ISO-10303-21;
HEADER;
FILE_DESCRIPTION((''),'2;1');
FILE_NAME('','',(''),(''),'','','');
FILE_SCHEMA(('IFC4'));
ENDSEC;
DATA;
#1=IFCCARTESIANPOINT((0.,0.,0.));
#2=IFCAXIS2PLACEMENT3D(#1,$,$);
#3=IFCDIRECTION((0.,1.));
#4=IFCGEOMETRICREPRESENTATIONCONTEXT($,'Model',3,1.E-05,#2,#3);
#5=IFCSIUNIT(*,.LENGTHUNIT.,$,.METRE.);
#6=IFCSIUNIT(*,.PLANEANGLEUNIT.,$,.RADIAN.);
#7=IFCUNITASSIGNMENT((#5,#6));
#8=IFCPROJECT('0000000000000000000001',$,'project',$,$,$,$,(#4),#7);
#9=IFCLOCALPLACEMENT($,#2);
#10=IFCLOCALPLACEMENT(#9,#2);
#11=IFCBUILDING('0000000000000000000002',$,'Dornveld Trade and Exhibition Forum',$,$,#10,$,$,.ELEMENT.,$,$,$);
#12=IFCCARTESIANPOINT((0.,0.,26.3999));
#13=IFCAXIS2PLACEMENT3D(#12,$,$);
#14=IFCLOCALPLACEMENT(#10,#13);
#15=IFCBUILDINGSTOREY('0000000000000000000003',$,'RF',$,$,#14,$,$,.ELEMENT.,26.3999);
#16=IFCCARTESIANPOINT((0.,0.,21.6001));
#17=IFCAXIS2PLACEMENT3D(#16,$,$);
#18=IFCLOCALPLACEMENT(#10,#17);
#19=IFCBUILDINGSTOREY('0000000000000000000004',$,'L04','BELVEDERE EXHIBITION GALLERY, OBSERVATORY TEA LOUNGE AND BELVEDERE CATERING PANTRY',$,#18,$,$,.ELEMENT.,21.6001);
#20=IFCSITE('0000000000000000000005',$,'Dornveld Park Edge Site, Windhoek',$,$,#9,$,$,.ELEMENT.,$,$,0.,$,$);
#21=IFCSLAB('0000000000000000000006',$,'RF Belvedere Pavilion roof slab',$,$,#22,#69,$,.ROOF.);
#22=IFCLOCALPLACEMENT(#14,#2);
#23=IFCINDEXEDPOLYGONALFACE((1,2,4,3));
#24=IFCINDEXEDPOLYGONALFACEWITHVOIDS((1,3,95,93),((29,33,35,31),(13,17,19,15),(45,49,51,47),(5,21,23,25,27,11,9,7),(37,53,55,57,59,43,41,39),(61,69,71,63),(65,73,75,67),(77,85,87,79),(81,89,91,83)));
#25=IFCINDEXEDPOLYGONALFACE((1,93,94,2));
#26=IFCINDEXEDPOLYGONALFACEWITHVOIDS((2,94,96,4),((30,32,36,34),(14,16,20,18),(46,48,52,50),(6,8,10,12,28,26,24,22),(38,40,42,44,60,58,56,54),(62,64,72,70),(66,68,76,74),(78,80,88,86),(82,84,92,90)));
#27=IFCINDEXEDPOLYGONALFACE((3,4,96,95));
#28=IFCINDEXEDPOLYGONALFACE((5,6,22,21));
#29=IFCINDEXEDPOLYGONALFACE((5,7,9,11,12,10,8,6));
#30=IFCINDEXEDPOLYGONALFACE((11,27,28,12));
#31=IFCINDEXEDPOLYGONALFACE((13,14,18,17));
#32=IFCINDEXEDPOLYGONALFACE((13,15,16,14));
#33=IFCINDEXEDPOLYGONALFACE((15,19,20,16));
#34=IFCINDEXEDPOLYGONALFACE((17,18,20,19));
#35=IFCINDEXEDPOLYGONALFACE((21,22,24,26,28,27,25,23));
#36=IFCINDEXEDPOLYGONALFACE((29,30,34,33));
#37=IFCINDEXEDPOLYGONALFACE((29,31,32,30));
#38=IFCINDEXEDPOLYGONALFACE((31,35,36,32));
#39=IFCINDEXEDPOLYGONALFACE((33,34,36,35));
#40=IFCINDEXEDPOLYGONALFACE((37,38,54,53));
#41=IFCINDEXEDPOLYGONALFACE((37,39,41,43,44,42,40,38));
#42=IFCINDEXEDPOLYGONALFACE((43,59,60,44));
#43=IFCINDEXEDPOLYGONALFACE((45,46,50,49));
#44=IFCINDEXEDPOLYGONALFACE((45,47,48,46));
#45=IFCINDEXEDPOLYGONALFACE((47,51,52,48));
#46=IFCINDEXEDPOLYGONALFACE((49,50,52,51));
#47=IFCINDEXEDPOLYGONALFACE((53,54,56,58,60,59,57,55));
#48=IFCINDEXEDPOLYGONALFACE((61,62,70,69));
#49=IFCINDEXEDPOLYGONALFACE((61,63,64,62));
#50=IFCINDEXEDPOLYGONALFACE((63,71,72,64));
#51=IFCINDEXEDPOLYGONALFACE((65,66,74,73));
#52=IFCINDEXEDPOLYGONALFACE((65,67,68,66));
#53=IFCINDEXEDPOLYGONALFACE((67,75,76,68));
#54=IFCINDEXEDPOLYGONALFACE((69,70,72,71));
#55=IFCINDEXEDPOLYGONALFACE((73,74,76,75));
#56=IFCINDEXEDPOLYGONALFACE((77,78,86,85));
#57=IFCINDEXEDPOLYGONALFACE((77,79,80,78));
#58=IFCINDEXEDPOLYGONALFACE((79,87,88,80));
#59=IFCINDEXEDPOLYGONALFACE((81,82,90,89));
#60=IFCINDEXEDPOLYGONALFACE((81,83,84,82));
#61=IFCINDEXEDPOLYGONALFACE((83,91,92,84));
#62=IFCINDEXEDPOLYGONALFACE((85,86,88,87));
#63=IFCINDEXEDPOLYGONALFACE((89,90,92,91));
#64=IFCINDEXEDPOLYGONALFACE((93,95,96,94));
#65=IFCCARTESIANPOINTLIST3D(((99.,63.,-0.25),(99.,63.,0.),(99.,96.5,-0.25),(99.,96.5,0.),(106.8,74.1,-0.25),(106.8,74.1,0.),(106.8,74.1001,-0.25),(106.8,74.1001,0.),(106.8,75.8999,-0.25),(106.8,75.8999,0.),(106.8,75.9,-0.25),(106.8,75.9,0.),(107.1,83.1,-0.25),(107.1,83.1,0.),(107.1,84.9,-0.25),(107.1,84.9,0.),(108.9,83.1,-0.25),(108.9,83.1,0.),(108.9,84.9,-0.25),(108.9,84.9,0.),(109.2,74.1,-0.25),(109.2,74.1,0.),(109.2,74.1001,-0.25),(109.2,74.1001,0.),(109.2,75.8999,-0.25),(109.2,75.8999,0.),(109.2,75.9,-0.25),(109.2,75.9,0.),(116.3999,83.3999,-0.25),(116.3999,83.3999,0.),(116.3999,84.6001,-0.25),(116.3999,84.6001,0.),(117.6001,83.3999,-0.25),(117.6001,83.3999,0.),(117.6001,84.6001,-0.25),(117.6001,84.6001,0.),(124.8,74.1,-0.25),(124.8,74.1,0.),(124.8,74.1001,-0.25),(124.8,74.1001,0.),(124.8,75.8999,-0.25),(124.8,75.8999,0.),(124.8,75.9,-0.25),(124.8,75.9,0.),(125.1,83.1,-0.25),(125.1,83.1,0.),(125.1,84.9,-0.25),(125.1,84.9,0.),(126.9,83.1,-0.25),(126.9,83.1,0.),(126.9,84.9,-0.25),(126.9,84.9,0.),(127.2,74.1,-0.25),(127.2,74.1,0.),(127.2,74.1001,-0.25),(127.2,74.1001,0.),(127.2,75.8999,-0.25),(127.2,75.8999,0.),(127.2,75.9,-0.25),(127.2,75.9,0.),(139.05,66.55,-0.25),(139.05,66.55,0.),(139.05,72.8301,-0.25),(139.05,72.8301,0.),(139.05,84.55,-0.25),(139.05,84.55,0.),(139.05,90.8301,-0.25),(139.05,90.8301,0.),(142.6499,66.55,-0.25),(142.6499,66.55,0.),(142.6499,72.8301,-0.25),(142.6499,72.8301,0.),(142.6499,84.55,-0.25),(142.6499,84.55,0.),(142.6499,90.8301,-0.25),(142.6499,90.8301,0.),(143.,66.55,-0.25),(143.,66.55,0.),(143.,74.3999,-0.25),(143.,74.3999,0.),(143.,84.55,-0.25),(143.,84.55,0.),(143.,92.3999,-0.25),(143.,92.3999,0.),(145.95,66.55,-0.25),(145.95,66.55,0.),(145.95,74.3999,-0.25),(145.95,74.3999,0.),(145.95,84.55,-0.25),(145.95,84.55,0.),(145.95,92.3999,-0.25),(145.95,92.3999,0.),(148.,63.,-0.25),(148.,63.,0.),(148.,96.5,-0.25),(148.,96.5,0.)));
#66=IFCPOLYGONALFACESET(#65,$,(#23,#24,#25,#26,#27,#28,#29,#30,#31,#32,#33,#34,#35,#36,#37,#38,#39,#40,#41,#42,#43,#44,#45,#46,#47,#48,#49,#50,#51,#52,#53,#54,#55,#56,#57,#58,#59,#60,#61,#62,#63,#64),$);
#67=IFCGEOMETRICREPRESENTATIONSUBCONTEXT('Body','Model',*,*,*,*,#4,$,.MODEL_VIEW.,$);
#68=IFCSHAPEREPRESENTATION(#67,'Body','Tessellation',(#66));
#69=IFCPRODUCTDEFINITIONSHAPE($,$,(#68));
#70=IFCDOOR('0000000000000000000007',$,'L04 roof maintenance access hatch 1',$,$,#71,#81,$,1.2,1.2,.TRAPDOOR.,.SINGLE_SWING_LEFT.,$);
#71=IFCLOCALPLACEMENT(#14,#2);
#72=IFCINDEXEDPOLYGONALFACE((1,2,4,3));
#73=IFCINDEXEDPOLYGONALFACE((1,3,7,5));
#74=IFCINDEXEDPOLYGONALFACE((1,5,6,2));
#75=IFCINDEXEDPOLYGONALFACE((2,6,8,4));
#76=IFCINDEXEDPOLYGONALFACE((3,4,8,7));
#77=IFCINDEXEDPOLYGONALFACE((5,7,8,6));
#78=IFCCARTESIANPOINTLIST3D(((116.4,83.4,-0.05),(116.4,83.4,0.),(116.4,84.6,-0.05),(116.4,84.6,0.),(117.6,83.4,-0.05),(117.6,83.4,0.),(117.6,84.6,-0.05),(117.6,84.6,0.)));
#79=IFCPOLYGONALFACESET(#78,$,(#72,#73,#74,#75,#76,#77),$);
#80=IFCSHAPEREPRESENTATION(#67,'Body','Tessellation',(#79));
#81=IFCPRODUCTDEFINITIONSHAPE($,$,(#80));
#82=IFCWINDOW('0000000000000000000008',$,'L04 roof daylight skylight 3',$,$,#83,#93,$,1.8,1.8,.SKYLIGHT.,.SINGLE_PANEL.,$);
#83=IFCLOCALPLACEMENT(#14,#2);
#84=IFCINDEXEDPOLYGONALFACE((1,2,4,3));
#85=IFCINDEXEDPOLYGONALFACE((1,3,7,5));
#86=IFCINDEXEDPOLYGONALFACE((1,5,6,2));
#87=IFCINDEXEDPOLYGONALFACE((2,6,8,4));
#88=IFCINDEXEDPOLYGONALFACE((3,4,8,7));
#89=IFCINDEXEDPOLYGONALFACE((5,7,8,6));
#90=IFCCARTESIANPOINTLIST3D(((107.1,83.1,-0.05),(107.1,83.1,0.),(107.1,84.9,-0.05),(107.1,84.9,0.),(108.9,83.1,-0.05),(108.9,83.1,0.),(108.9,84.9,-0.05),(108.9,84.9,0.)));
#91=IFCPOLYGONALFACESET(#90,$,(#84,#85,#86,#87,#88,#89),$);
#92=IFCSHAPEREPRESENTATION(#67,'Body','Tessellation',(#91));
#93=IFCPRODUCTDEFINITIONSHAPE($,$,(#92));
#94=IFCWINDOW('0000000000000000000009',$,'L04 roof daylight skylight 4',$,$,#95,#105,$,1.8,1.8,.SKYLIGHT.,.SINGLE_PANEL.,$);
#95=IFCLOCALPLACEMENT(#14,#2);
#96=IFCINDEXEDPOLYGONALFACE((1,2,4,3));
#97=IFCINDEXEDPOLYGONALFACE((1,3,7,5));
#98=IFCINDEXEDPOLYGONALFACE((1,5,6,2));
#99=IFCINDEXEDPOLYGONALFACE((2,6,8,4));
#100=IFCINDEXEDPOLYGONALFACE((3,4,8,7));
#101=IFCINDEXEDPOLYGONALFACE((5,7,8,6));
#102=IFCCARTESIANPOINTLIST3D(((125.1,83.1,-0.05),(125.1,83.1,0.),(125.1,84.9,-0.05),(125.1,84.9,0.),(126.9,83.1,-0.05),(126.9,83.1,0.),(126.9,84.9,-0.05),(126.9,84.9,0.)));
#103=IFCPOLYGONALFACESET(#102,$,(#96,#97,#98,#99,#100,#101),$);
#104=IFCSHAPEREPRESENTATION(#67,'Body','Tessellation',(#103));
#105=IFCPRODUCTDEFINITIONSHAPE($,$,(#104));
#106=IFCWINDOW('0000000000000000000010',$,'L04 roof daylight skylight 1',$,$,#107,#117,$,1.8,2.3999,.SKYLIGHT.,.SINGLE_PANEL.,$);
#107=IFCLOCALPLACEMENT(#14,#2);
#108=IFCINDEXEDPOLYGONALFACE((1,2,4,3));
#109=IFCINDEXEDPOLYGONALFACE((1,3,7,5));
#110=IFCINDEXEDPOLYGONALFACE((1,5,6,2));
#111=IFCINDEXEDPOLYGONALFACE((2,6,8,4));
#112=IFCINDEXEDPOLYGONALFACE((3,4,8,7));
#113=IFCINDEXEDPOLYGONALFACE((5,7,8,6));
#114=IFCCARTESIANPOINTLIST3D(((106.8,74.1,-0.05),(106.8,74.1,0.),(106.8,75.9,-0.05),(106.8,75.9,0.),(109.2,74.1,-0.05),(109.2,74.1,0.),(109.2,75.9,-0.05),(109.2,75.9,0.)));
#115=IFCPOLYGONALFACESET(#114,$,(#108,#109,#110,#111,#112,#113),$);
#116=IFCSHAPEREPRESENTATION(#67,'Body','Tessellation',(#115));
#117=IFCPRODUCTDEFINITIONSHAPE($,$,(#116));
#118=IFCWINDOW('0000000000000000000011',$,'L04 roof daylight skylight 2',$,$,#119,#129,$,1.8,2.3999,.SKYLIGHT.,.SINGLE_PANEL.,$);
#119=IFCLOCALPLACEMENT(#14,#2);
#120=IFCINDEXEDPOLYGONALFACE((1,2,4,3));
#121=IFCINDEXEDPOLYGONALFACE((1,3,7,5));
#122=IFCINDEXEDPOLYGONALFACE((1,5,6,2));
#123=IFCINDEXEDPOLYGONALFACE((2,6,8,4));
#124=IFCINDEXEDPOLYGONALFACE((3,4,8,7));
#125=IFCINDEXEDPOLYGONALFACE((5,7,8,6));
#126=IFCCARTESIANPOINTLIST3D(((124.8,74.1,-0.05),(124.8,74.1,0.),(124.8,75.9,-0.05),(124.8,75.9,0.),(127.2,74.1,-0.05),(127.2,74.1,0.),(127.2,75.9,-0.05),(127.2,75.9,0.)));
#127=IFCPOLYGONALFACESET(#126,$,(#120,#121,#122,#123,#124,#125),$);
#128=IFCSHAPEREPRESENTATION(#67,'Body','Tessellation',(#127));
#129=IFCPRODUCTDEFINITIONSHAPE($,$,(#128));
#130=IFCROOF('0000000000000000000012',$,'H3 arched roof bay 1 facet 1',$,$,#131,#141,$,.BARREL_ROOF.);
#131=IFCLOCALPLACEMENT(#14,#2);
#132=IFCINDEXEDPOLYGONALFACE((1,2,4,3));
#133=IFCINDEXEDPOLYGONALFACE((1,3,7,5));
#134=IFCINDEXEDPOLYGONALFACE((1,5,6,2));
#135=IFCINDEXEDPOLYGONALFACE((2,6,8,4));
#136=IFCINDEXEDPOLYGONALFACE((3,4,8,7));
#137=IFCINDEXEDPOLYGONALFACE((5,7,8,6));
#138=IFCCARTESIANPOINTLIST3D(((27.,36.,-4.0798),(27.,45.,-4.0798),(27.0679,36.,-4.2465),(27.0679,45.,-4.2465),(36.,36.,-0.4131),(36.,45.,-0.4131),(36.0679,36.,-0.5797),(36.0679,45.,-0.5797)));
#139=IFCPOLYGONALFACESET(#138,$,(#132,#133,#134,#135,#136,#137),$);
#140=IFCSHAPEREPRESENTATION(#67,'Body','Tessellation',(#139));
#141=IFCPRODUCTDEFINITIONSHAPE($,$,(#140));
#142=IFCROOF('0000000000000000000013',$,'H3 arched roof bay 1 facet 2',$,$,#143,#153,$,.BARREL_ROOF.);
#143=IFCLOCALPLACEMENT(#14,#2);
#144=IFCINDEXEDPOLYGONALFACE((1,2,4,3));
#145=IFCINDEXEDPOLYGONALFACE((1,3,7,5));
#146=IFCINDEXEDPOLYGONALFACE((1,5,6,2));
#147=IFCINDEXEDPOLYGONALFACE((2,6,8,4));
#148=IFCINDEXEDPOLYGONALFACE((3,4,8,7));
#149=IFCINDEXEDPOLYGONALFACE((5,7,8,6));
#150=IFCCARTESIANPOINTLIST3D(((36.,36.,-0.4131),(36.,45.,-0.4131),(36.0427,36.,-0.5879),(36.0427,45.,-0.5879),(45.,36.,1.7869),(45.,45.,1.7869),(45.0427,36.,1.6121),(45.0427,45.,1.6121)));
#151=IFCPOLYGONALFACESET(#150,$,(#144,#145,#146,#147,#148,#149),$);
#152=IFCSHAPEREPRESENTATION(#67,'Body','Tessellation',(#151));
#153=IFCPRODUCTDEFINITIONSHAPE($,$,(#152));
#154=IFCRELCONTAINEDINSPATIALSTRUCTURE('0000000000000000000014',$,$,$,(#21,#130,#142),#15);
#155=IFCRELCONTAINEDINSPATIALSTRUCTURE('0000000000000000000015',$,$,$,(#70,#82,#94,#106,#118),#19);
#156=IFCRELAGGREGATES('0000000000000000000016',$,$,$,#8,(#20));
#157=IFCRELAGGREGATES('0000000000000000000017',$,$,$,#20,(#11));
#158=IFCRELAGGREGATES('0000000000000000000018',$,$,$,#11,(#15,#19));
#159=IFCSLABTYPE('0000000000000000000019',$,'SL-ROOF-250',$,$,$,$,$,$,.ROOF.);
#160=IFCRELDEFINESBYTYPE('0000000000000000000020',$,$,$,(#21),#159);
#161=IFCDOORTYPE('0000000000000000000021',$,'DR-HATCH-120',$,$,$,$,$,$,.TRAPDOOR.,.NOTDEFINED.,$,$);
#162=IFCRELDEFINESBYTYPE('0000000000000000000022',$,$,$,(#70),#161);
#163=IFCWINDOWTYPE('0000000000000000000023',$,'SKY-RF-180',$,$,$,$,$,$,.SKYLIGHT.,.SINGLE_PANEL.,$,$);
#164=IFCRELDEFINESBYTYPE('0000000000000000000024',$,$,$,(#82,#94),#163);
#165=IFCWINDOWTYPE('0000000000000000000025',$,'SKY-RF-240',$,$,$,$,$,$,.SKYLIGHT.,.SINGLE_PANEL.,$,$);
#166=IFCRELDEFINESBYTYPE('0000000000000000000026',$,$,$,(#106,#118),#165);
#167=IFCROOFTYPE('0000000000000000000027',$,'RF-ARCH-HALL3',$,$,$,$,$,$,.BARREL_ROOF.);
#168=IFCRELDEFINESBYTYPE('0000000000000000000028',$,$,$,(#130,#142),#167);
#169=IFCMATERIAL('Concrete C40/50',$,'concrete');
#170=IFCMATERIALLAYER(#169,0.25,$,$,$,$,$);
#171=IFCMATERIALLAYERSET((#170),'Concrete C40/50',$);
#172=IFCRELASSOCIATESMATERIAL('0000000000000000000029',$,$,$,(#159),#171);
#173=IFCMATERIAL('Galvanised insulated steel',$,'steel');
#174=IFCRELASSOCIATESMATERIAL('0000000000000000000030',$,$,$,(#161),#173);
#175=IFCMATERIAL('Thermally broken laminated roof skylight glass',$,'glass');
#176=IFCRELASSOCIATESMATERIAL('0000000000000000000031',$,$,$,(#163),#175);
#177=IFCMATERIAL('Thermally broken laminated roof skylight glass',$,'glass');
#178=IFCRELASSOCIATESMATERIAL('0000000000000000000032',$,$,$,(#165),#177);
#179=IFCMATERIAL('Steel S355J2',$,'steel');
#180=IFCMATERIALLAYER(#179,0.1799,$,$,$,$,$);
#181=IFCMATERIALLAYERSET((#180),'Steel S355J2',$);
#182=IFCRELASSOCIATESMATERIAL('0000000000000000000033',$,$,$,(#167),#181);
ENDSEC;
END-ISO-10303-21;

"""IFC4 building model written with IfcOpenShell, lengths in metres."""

from ifc_helpers import new_model, si_unit, direction, frame, origin, origin_2d, place, context, subcontext, project, spatial, polyline, rectangle, outline, extrude, material, layer, layer_set, type_object, element, fill, save


model = new_model("IFC4")

# Units and contexts
model_context = context("Model", 3, precision=1e-05, world=origin(), true_north=direction((0.0, 1.0)))
body_context = subcontext(model_context, "Body", "Model", "MODEL_VIEW")
ifc_project = project(units=[si_unit("LENGTHUNIT", "METRE"), si_unit("PLANEANGLEUNIT", "RADIAN")], contexts=[model_context])

# Site, building, storey
site_placement = place(None, origin())
site = spatial("IfcSite", under=ifc_project, at=site_placement, Name="Dornveld Park Edge Site, Windhoek", CompositionType="ELEMENT", RefElevation=0.0)
building_placement = place(site_placement, origin())
building = spatial("IfcBuilding", under=site, at=building_placement, Name="Dornveld Trade and Exhibition Forum", CompositionType="ELEMENT")
storey_1_placement = place(building_placement, frame((0.0, 0.0, 26.3999)))
storey_1 = spatial("IfcBuildingStorey", under=building, at=storey_1_placement, Name="RF", CompositionType="ELEMENT", Elevation=26.3999)

# Slab, openings
ifc_material_1 = material(Name="Concrete C40/50", Category="concrete")
ifc_layer_1 = layer(ifc_material_1, 0.25)
ifc_layer_set_1 = layer_set([ifc_layer_1], Name="Concrete C40/50")
slab_type = type_object("IfcSlabType", Name="SL-ROOF-250", PredefinedType="ROOF", material=ifc_layer_set_1)
slab_placement = place(storey_1_placement, frame((0.0, 0.0, -0.25)))
slab = element("IfcSlab", 1, at=slab_placement, inside=storey_1, type_object=slab_type, Name="RF Belvedere Pavilion roof slab", PredefinedType="ROOF", context=body_context, shape_type="SweptSolid", body=[
    extrude(outline(polyline([(99.0, 63.0), (148.0, 63.0), (148.0, 96.5), (99.0, 96.5), (99.0, 63.0)]), holes=[polyline([(139.05, 84.55), (142.6499, 84.55), (142.6499, 90.8301), (139.05, 90.8301), (139.05, 84.55)]), polyline([(143.0, 84.55), (145.95, 84.55), (145.95, 92.3999), (143.0, 92.3999), (143.0, 84.55)]), polyline([(139.05, 66.55), (142.6499, 66.55), (142.6499, 72.8301), (139.05, 72.8301), (139.05, 66.55)]), polyline([(143.0, 66.55), (145.95, 66.55), (145.95, 74.3999), (143.0, 74.3999), (143.0, 66.55)]), polyline([(106.8, 74.1001), (109.2, 74.1001), (109.2, 75.8999), (106.8, 75.8999), (106.8, 74.1001)]), polyline([(124.8, 74.1001), (127.2, 74.1001), (127.2, 75.8999), (124.8, 75.8999), (124.8, 74.1001)]), polyline([(107.1001, 83.1001), (108.8999, 83.1001), (108.8999, 84.8999), (107.1001, 84.8999), (107.1001, 83.1001)]), polyline([(125.1001, 83.1001), (126.8999, 83.1001), (126.8999, 84.8999), (125.1001, 84.8999), (125.1001, 83.1001)]), polyline([(116.3999, 83.3999), (117.6001, 83.3999), (117.6001, 84.6001), (116.3999, 84.6001), (116.3999, 83.3999)])]), origin(), (0.0, 0.0, 1.0), 0.25),
])
opening_1_placement = place(slab_placement, frame((108.0, 75.0, 0.0)))
opening_1 = element("IfcOpeningElement", 2, at=opening_1_placement, cuts=slab, PredefinedType="OPENING", context=body_context, shape_type="SweptSolid", body=[
    extrude(rectangle(XDim=2.3999, YDim=1.8, at=origin_2d()), origin(), (0.0, 0.0, 1.0), 0.25),
])
opening_2_placement = place(slab_placement, frame((126.0, 75.0, 0.0)))
opening_2 = element("IfcOpeningElement", 3, at=opening_2_placement, cuts=slab, PredefinedType="OPENING", context=body_context, shape_type="SweptSolid", body=[
    extrude(rectangle(XDim=2.3999, YDim=1.8, at=origin_2d()), origin(), (0.0, 0.0, 1.0), 0.25),
])
opening_3_placement = place(slab_placement, frame((108.0, 84.0, 0.0)))
opening_3 = element("IfcOpeningElement", 4, at=opening_3_placement, cuts=slab, PredefinedType="OPENING", context=body_context, shape_type="SweptSolid", body=[
    extrude(rectangle(XDim=1.8, YDim=1.8, at=origin_2d()), origin(), (0.0, 0.0, 1.0), 0.25),
])
opening_4_placement = place(slab_placement, frame((126.0, 84.0, 0.0)))
opening_4 = element("IfcOpeningElement", 5, at=opening_4_placement, cuts=slab, PredefinedType="OPENING", context=body_context, shape_type="SweptSolid", body=[
    extrude(rectangle(XDim=1.8, YDim=1.8, at=origin_2d()), origin(), (0.0, 0.0, 1.0), 0.25),
])
opening_5_placement = place(slab_placement, frame((117.0, 84.0, 0.0)))
opening_5 = element("IfcOpeningElement", 6, at=opening_5_placement, cuts=slab, PredefinedType="OPENING", context=body_context, shape_type="SweptSolid", body=[
    extrude(rectangle(XDim=1.2, YDim=1.2, at=origin_2d()), origin(), (0.0, 0.0, 1.0), 0.25),
])

# Shared definitions
storey_2_placement = place(building_placement, frame((0.0, 0.0, 21.6001)))
storey_2 = spatial("IfcBuildingStorey", under=building, at=storey_2_placement, Name="L04", Description="BELVEDERE EXHIBITION GALLERY, OBSERVATORY TEA LOUNGE AND BELVEDERE CATERING PANTRY", CompositionType="ELEMENT", Elevation=21.6001)

# Door
ifc_material_2 = material(Name="Galvanised insulated steel", Category="steel")
door_type = type_object("IfcDoorType", Name="DR-HATCH-120", OperationType="NOTDEFINED", PredefinedType="TRAPDOOR", material=ifc_material_2)
door_placement = place(opening_5_placement, frame((0.0, 0.0, 0.2)))
door = element("IfcDoor", 7, at=door_placement, inside=storey_2, type_object=door_type, Name="L04 roof maintenance access hatch 1", OperationType="SINGLE_SWING_LEFT", OverallHeight=1.2, OverallWidth=1.2, PredefinedType="TRAPDOOR", context=body_context, shape_type="SweptSolid", body=[
    extrude(rectangle(XDim=1.2, YDim=1.2, at=origin_2d()), origin(), (0.0, 0.0, 1.0), 0.05),
])
fill(opening_5, door)

# Windows
ifc_material_3 = material(Name="Thermally broken laminated roof skylight glass", Category="glass")
window_type_1 = type_object("IfcWindowType", Name="SKY-RF-180", PartitioningType="SINGLE_PANEL", PredefinedType="SKYLIGHT", material=ifc_material_3)
window_1_placement = place(opening_3_placement, frame((0.0, 0.0, 0.2)))
window_1 = element("IfcWindow", 8, at=window_1_placement, inside=storey_2, type_object=window_type_1, Name="L04 roof daylight skylight 3", OverallHeight=1.8, OverallWidth=1.8, PartitioningType="SINGLE_PANEL", PredefinedType="SKYLIGHT", context=body_context, shape_type="SweptSolid", body=[
    extrude(rectangle(XDim=1.8, YDim=1.8, at=origin_2d()), origin(), (0.0, 0.0, 1.0), 0.05),
])
fill(opening_3, window_1)
window_2_placement = place(opening_4_placement, frame((0.0, 0.0, 0.2)))
window_2 = element("IfcWindow", 9, at=window_2_placement, inside=storey_2, type_object=window_type_1, Name="L04 roof daylight skylight 4", OverallHeight=1.8, OverallWidth=1.8, PartitioningType="SINGLE_PANEL", PredefinedType="SKYLIGHT", context=body_context, shape_type="SweptSolid", body=[
    extrude(rectangle(XDim=1.8, YDim=1.8, at=origin_2d()), origin(), (0.0, 0.0, 1.0), 0.05),
])
fill(opening_4, window_2)
ifc_material_4 = material(Name="Thermally broken laminated roof skylight glass", Category="glass")
window_type_2 = type_object("IfcWindowType", Name="SKY-RF-240", PartitioningType="SINGLE_PANEL", PredefinedType="SKYLIGHT", material=ifc_material_4)
window_3_placement = place(opening_1_placement, frame((0.0, 0.0, 0.2)))
window_3 = element("IfcWindow", 10, at=window_3_placement, inside=storey_2, type_object=window_type_2, Name="L04 roof daylight skylight 1", OverallHeight=1.8, OverallWidth=2.3999, PartitioningType="SINGLE_PANEL", PredefinedType="SKYLIGHT", context=body_context, shape_type="SweptSolid", body=[
    extrude(rectangle(XDim=2.3999, YDim=1.8, at=origin_2d()), origin(), (0.0, 0.0, 1.0), 0.05),
])
fill(opening_1, window_3)
window_4_placement = place(opening_2_placement, frame((0.0, 0.0, 0.2)))
window_4 = element("IfcWindow", 11, at=window_4_placement, inside=storey_2, type_object=window_type_2, Name="L04 roof daylight skylight 2", OverallHeight=1.8, OverallWidth=2.3999, PartitioningType="SINGLE_PANEL", PredefinedType="SKYLIGHT", context=body_context, shape_type="SweptSolid", body=[
    extrude(rectangle(XDim=2.3999, YDim=1.8, at=origin_2d()), origin(), (0.0, 0.0, 1.0), 0.05),
])
fill(opening_2, window_4)

# Roofs
ifc_material_5 = material(Name="Steel S355J2", Category="steel")
ifc_layer_2 = layer(ifc_material_5, 0.1799)
ifc_layer_set_2 = layer_set([ifc_layer_2], Name="Steel S355J2")
roof_type = type_object("IfcRoofType", Name="RF-ARCH-HALL3", PredefinedType="BARREL_ROOF", material=ifc_layer_set_2)
roof_1_placement = place(storey_1_placement, frame((27.0, 36.0, -4.0798), z_axis=(-0.377304, 0.0, 0.926089), x_axis=(0.926089, 0.0, 0.377304)))
element("IfcRoof", 12, at=roof_1_placement, inside=storey_1, type_object=roof_type, Name="H3 arched roof bay 1 facet 1", PredefinedType="BARREL_ROOF", context=body_context, shape_type="SweptSolid", body=[
    extrude(outline(polyline([(0.0, 0.0), (9.7183, 0.0), (9.7183, 9.0), (0.0, 9.0), (0.0, 0.0)])), origin(), (0.0, 0.0, -1.0), 0.1799),
])
roof_2_placement = place(storey_1_placement, frame((36.0, 36.0, -0.4131), z_axis=(-0.237448, 0.0, 0.9714), x_axis=(0.9714, 0.0, 0.237448)))
element("IfcRoof", 13, at=roof_2_placement, inside=storey_1, type_object=roof_type, Name="H3 arched roof bay 1 facet 2", PredefinedType="BARREL_ROOF", context=body_context, shape_type="SweptSolid", body=[
    extrude(outline(polyline([(0.0, 0.0), (9.265, 0.0), (9.265, 9.0), (0.0, 9.0), (0.0, 0.0)])), origin(), (0.0, 0.0, -1.0), 0.1799),
])

save(model, "model.ifc")
